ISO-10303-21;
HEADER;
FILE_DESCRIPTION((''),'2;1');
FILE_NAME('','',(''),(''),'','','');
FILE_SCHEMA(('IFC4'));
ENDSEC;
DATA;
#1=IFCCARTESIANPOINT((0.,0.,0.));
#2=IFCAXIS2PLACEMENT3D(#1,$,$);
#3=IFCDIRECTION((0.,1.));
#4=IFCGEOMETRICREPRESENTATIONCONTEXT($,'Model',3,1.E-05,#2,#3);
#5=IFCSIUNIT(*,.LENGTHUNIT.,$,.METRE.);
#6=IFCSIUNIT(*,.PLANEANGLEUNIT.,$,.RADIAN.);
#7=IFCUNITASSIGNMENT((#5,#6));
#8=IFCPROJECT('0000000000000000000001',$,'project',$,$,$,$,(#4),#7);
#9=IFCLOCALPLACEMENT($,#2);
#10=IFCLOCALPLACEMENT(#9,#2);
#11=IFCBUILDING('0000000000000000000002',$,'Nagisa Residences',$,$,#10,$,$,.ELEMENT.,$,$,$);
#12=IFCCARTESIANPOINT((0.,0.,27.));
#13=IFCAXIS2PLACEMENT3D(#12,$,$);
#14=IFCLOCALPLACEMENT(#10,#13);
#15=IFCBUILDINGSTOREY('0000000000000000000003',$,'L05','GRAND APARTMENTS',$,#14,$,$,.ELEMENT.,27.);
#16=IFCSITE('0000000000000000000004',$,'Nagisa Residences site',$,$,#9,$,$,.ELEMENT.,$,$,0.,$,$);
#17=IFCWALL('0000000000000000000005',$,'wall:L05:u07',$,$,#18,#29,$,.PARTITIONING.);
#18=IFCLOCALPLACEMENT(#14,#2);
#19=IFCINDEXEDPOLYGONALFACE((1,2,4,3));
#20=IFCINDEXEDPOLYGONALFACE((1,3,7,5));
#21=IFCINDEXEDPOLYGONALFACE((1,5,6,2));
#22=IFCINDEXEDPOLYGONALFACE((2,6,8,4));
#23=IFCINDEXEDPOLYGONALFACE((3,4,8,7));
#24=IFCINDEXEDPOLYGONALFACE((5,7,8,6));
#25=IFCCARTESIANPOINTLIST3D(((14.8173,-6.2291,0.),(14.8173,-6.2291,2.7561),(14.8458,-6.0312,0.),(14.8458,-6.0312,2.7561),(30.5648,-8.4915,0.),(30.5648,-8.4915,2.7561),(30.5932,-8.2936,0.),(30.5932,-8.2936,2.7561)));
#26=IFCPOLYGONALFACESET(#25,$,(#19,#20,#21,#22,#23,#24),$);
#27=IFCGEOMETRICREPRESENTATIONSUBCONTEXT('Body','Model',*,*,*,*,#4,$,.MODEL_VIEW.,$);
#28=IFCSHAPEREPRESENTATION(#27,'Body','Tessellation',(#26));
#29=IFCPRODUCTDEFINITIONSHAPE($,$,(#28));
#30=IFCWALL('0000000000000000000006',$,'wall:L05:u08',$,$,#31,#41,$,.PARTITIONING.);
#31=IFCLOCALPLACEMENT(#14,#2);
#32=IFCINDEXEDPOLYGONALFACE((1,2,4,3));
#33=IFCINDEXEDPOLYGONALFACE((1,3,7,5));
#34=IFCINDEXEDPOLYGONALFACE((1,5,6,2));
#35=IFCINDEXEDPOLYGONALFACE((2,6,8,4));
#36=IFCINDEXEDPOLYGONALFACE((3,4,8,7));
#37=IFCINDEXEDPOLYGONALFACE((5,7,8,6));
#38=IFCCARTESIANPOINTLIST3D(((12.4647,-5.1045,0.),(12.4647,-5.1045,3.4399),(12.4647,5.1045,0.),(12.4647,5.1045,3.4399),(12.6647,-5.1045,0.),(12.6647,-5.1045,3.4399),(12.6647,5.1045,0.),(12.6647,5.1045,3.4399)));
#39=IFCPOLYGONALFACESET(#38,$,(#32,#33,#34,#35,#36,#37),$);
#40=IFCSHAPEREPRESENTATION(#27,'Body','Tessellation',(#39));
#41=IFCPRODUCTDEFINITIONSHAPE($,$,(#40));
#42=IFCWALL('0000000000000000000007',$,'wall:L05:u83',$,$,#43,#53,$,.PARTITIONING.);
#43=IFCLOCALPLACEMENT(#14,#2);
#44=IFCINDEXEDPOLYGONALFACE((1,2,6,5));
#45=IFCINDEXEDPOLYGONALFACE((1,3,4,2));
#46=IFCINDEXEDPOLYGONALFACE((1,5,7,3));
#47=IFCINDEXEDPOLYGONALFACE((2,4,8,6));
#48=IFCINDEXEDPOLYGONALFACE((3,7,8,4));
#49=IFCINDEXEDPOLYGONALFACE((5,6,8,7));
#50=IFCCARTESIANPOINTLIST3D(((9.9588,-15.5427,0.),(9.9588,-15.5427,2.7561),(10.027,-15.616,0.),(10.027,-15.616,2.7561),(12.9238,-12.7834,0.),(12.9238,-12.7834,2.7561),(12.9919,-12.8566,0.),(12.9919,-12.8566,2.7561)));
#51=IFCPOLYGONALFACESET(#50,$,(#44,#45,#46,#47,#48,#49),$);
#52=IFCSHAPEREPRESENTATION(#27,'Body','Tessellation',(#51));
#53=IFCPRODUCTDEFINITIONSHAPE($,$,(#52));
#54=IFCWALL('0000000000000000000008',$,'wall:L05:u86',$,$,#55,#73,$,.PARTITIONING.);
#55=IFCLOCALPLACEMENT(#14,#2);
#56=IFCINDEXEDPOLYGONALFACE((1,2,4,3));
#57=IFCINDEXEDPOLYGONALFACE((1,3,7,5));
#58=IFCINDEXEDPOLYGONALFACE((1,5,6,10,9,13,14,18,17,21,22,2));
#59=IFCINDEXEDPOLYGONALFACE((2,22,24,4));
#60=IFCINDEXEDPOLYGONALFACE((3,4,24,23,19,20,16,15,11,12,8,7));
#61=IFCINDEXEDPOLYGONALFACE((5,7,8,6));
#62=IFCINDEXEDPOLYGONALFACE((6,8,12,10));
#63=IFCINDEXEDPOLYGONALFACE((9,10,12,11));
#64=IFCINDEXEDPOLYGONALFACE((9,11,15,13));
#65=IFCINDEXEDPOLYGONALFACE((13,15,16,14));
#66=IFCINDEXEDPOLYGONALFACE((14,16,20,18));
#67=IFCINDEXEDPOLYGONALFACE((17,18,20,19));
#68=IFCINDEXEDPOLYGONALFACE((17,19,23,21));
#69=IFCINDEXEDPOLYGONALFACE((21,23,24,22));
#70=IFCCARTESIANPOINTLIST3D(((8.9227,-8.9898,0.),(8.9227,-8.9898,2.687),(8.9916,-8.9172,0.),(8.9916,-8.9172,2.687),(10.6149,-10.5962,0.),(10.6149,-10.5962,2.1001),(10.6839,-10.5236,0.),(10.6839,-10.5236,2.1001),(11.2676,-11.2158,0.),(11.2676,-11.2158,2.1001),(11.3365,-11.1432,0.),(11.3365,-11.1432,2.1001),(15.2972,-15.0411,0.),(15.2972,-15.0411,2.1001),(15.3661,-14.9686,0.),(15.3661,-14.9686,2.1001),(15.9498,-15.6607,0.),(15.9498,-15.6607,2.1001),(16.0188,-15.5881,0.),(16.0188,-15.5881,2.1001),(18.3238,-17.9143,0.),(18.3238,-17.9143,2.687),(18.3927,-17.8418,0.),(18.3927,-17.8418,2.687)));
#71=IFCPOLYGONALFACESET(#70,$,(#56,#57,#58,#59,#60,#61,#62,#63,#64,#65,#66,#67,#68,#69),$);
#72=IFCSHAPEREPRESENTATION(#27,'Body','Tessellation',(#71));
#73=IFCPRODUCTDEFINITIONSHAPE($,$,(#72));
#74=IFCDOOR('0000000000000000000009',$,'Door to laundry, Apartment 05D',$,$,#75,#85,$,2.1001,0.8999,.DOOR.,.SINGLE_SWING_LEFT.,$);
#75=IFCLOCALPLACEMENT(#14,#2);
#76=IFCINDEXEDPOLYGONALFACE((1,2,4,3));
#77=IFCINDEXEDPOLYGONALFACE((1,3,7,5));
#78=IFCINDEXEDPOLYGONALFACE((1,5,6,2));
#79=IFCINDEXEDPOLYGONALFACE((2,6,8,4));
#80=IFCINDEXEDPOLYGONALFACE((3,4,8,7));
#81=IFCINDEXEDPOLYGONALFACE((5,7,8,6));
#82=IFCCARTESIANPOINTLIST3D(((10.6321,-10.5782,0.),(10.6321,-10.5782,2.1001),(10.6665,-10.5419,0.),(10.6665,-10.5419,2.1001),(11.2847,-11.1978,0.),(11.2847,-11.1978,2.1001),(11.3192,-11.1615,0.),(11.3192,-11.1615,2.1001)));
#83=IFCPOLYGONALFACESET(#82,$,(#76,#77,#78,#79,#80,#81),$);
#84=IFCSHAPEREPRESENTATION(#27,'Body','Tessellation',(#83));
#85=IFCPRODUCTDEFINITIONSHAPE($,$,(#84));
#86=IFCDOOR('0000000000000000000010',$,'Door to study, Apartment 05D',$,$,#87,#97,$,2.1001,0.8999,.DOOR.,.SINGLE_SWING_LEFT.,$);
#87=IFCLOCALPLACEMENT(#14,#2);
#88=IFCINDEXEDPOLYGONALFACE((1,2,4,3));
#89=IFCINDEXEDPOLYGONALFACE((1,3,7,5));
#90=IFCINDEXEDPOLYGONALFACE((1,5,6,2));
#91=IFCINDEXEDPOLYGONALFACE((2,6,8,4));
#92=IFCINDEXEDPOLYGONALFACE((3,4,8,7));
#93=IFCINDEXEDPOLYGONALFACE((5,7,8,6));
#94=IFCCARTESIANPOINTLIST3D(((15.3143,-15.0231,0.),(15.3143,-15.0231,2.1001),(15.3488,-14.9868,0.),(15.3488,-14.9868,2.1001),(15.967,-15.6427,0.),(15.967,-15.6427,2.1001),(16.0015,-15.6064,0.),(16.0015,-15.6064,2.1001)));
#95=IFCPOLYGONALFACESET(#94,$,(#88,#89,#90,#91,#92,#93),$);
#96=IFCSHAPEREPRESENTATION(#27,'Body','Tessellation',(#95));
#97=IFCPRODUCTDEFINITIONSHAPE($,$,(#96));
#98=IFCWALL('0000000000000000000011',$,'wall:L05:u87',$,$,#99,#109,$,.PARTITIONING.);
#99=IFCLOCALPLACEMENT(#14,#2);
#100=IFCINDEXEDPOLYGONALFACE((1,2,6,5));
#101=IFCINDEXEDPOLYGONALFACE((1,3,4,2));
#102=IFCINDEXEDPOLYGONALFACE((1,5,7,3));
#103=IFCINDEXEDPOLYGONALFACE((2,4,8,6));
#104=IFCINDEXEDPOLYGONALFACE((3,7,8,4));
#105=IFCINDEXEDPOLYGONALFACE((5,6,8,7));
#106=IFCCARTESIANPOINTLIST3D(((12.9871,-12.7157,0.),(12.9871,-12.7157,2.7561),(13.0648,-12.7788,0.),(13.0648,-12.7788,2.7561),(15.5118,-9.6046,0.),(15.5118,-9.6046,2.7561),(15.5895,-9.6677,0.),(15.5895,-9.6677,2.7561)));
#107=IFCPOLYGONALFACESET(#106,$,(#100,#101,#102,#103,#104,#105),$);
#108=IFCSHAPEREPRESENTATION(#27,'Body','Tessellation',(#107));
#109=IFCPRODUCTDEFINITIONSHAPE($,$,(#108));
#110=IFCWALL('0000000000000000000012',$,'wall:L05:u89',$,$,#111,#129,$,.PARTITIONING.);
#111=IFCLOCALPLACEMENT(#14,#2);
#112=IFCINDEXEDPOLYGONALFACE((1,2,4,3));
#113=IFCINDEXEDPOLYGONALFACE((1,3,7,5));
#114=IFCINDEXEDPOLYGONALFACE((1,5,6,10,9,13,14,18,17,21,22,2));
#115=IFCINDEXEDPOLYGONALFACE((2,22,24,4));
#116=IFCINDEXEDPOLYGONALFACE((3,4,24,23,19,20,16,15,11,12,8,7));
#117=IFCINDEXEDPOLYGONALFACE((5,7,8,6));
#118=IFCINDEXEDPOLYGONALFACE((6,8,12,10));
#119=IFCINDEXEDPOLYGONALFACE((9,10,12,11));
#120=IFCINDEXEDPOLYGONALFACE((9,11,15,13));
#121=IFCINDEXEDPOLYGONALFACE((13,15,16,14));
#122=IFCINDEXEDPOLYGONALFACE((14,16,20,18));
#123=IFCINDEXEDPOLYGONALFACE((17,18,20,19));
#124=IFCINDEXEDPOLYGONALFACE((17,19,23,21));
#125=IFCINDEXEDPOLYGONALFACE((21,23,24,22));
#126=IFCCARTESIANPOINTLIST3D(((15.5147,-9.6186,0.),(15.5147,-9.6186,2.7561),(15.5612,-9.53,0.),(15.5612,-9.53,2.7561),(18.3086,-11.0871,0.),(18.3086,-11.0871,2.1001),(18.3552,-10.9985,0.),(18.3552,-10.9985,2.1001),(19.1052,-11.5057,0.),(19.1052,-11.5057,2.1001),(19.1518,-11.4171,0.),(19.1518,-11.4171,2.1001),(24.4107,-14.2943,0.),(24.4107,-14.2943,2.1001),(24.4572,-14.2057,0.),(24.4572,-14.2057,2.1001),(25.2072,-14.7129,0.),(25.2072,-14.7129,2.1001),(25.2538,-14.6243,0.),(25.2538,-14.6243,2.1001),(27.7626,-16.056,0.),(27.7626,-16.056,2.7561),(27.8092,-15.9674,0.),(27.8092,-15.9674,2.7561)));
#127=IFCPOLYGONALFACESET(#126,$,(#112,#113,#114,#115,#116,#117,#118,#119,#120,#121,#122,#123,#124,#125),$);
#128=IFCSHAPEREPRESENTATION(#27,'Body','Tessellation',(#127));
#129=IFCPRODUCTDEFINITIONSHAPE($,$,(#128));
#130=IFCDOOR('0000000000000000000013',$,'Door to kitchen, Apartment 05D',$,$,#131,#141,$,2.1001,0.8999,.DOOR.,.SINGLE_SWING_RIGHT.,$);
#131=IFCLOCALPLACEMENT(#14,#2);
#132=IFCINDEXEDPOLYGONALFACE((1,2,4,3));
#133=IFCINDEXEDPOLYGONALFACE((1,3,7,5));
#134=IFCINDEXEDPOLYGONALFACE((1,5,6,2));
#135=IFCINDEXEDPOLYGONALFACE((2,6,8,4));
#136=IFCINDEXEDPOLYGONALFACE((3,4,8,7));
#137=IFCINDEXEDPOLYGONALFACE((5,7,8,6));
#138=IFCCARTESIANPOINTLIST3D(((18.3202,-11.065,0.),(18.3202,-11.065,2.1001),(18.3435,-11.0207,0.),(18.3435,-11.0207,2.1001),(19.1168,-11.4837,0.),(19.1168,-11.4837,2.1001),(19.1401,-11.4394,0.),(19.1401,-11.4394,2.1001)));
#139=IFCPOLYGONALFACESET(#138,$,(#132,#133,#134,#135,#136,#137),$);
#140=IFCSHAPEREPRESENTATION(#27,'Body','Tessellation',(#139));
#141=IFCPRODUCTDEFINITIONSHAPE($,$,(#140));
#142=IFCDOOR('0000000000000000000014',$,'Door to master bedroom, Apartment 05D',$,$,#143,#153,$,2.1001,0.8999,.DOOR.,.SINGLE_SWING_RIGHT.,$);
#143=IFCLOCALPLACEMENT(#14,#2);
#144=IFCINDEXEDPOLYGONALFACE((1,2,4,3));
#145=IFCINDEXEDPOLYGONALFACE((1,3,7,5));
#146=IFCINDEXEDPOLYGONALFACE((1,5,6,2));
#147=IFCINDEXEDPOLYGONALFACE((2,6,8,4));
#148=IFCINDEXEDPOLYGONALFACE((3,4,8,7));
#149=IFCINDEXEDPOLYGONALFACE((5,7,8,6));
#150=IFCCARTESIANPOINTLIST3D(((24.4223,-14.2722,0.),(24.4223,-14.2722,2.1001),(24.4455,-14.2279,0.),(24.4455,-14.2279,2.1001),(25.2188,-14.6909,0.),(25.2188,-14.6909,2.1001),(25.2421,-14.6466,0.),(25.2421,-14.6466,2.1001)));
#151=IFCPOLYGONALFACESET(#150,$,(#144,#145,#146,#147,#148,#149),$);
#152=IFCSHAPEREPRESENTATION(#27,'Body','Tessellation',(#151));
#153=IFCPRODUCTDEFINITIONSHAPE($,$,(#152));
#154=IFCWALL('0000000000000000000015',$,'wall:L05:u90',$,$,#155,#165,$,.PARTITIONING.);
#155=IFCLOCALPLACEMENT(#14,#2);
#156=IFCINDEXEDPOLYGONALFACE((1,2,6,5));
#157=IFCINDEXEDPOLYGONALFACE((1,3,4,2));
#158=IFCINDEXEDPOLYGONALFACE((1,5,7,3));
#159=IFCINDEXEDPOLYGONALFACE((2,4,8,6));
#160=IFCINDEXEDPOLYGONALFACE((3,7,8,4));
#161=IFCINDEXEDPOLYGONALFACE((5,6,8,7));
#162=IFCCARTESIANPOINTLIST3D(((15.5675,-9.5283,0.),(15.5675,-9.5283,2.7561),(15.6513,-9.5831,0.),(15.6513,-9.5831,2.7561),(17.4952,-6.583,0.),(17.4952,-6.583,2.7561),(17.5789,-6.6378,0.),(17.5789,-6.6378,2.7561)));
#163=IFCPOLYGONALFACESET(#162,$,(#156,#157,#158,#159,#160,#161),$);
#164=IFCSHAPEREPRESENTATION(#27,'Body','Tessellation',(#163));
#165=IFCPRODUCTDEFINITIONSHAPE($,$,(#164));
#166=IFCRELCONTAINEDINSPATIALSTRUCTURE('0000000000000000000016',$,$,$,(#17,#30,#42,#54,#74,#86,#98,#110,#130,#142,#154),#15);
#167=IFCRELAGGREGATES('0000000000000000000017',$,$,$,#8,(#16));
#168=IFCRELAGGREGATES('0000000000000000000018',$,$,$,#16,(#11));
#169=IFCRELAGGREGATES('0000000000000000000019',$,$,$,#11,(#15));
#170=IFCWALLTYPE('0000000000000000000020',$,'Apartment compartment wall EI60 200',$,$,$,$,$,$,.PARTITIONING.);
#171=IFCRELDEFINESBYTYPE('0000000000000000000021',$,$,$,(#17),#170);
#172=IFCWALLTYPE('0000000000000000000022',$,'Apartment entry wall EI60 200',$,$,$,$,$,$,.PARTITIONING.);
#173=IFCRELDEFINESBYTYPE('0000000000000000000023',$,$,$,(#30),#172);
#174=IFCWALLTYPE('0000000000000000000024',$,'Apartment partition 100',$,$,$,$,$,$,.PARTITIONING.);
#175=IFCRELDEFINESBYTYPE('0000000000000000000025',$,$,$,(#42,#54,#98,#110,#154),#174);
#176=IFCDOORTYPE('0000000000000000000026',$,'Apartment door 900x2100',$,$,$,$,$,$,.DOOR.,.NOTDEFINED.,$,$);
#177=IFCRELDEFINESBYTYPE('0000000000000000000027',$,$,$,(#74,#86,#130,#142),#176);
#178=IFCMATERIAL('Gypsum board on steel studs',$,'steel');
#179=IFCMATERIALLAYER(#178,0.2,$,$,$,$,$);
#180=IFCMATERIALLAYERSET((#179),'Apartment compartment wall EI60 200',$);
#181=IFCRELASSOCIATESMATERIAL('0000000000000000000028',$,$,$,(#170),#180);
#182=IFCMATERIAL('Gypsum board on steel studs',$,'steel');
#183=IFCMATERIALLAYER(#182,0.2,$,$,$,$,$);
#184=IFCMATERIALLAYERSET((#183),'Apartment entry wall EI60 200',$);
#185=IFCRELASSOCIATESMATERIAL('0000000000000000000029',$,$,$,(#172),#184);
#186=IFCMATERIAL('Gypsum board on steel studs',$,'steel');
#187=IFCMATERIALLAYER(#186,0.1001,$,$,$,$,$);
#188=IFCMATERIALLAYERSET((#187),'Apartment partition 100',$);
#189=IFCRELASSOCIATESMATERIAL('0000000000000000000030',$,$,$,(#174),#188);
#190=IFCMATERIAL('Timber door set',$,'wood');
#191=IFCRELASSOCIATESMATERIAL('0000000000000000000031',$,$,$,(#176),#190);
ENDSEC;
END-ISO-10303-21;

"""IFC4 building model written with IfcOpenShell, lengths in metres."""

from ifc_helpers import new_model, si_unit, direction, frame, frame_2d, origin, place, context, subcontext, project, spatial, rectangle, extrude, material, layer, layer_set, type_object, element, fill, save


model = new_model("IFC4")

# Units and contexts
model_context = context("Model", 3, precision=1e-05, world=origin(), true_north=direction((0.0, 1.0)))
body_context = subcontext(model_context, "Body", "Model", "MODEL_VIEW")
ifc_project = project(units=[si_unit("LENGTHUNIT", "METRE"), si_unit("PLANEANGLEUNIT", "RADIAN")], contexts=[model_context])

# Site, building, storey
site_placement = place(None, origin())
site = spatial("IfcSite", under=ifc_project, at=site_placement, Name="Nagisa Residences site", CompositionType="ELEMENT", RefElevation=0.0)
building_placement = place(site_placement, origin())
building = spatial("IfcBuilding", under=site, at=building_placement, Name="Nagisa Residences", CompositionType="ELEMENT")
storey_placement = place(building_placement, frame((0.0, 0.0, 27.0)))
storey = spatial("IfcBuildingStorey", under=building, at=storey_placement, Name="L05", Description="GRAND APARTMENTS", CompositionType="ELEMENT", Elevation=27.0)

# Walls
ifc_material_1 = material(Name="Gypsum board on steel studs", Category="steel")
ifc_layer_1 = layer(ifc_material_1, 0.2)
ifc_layer_set_1 = layer_set([ifc_layer_1], Name="Apartment compartment wall EI60 200")
wall_type_1 = type_object("IfcWallType", Name="Apartment compartment wall EI60 200", PredefinedType="PARTITIONING", material=ifc_layer_set_1)
wall_1_placement = place(storey_placement, frame((14.8315, -6.1301, 0.0), z_axis=(0.0, 0.0, 1.0), x_axis=(0.989837, -0.14221, 0.0)))
element("IfcWall", 1, at=wall_1_placement, inside=storey, type_object=wall_type_1, Name="wall:L05:u07", PredefinedType="PARTITIONING", context=body_context, shape_type="SweptSolid", body=[
    extrude(rectangle(XDim=15.9092, YDim=0.2, at=frame_2d((7.9546, 0.0))), origin(), (0.0, 0.0, 1.0), 2.7561),
])
ifc_material_2 = material(Name="Gypsum board on steel studs", Category="steel")
ifc_layer_2 = layer(ifc_material_2, 0.2)
ifc_layer_set_2 = layer_set([ifc_layer_2], Name="Apartment entry wall EI60 200")
wall_type_2 = type_object("IfcWallType", Name="Apartment entry wall EI60 200", PredefinedType="PARTITIONING", material=ifc_layer_set_2)
wall_2_placement = place(storey_placement, frame((12.5647, -5.1045, 0.0), z_axis=(0.0, 0.0, 1.0), x_axis=(0.0, 1.0, 0.0)))
element("IfcWall", 2, at=wall_2_placement, inside=storey, type_object=wall_type_2, Name="wall:L05:u08", PredefinedType="PARTITIONING", context=body_context, shape_type="SweptSolid", body=[
    extrude(rectangle(XDim=10.209, YDim=0.2, at=frame_2d((5.1045, 0.0))), origin(), (0.0, 0.0, 1.0), 3.4399),
])
ifc_material_3 = material(Name="Gypsum board on steel studs", Category="steel")
ifc_layer_3 = layer(ifc_material_3, 0.1001)
ifc_layer_set_3 = layer_set([ifc_layer_3], Name="Apartment partition 100")
wall_type_3 = type_object("IfcWallType", Name="Apartment partition 100", PredefinedType="PARTITIONING", material=ifc_layer_set_3)
wall_3_placement = place(storey_placement, frame((9.9929, -15.5793, 0.0), z_axis=(0.0, 0.0, 1.0), x_axis=(0.732029, 0.681274, 0.0)))
element("IfcWall", 3, at=wall_3_placement, inside=storey, type_object=wall_type_3, Name="wall:L05:u83", PredefinedType="PARTITIONING", context=body_context, shape_type="SweptSolid", body=[
    extrude(rectangle(XDim=4.0503, YDim=0.1001, at=frame_2d((2.0251, 0.0))), origin(), (0.0, 0.0, 1.0), 2.7561),
])

# Wall, openings, doors
wall_4_placement = place(storey_placement, frame((8.957, -8.9534, 0.0), z_axis=(0.0, 0.0, 1.0), x_axis=(0.72525, -0.688486, 0.0)))
wall_4 = element("IfcWall", 4, at=wall_4_placement, inside=storey, type_object=wall_type_3, Name="wall:L05:u86", PredefinedType="PARTITIONING", context=body_context, shape_type="SweptSolid", body=[
    extrude(rectangle(XDim=12.9626, YDim=0.1001, at=frame_2d((6.4814, 0.0))), origin(), (0.0, 0.0, 1.0), 2.687),
])
opening_1_placement = place(wall_4_placement, frame((2.3335, 0.0, 0.0)))
opening_1 = element("IfcOpeningElement", 5, at=opening_1_placement, cuts=wall_4, PredefinedType="OPENING", context=body_context, shape_type="SweptSolid", body=[
    extrude(rectangle(XDim=0.8999, YDim=2.1001, at=frame_2d((0.45, 1.05))), frame((0.0, 0.0601, 0.0), z_axis=(0.0, -1.0, 0.0), x_axis=(1.0, 0.0, 0.0)), (0.0, 0.0, 1.0), 0.1201),
])
opening_2_placement = place(wall_4_placement, frame((8.7896, 0.0, 0.0)))
opening_2 = element("IfcOpeningElement", 6, at=opening_2_placement, cuts=wall_4, PredefinedType="OPENING", context=body_context, shape_type="SweptSolid", body=[
    extrude(rectangle(XDim=0.8999, YDim=2.1001, at=frame_2d((0.45, 1.05))), frame((0.0, 0.0601, 0.0), z_axis=(0.0, -1.0, 0.0), x_axis=(1.0, 0.0, 0.0)), (0.0, 0.0, 1.0), 0.1201),
])
ifc_material_4 = material(Name="Timber door set", Category="wood")
door_type = type_object("IfcDoorType", Name="Apartment door 900x2100", OperationType="NOTDEFINED", PredefinedType="DOOR", material=ifc_material_4)
door_1_placement = place(opening_1_placement, origin())
door_1 = element("IfcDoor", 7, at=door_1_placement, inside=storey, type_object=door_type, Name="Door to laundry, Apartment 05D", OperationType="SINGLE_SWING_LEFT", OverallHeight=2.1001, OverallWidth=0.8999, PredefinedType="DOOR", context=body_context, shape_type="SweptSolid", body=[
    extrude(rectangle(XDim=0.8999, YDim=2.1001, at=frame_2d((0.45, 1.05))), frame((0.0, 0.0249, 0.0), z_axis=(0.0, -1.0, 0.0), x_axis=(1.0, 0.0, 0.0)), (0.0, 0.0, 1.0), 0.05),
])
fill(opening_1, door_1)
door_2_placement = place(opening_2_placement, origin())
door_2 = element("IfcDoor", 8, at=door_2_placement, inside=storey, type_object=door_type, Name="Door to study, Apartment 05D", OperationType="SINGLE_SWING_LEFT", OverallHeight=2.1001, OverallWidth=0.8999, PredefinedType="DOOR", context=body_context, shape_type="SweptSolid", body=[
    extrude(rectangle(XDim=0.8999, YDim=2.1001, at=frame_2d((0.45, 1.05))), frame((0.0, 0.0249, 0.0), z_axis=(0.0, -1.0, 0.0), x_axis=(1.0, 0.0, 0.0)), (0.0, 0.0, 1.0), 0.05),
])
fill(opening_2, door_2)

# Wall
wall_5_placement = place(storey_placement, frame((13.0259, -12.7473, 0.0), z_axis=(0.0, 0.0, 1.0), x_axis=(0.630127, 0.776492, 0.0)))
element("IfcWall", 9, at=wall_5_placement, inside=storey, type_object=wall_type_3, Name="wall:L05:u87", PredefinedType="PARTITIONING", context=body_context, shape_type="SweptSolid", body=[
    extrude(rectangle(XDim=4.0066, YDim=0.1001, at=frame_2d((2.0034, 0.0))), origin(), (0.0, 0.0, 1.0), 2.7561),
])

# Wall, openings, doors
wall_6_placement = place(storey_placement, frame((15.5378, -9.5742, 0.0), z_axis=(0.0, 0.0, 1.0), x_axis=(0.885181, -0.465246, 0.0)))
wall_6 = element("IfcWall", 10, at=wall_6_placement, inside=storey, type_object=wall_type_3, Name="wall:L05:u89", PredefinedType="PARTITIONING", context=body_context, shape_type="SweptSolid", body=[
    extrude(rectangle(XDim=13.8367, YDim=0.1001, at=frame_2d((6.9185, 0.0))), origin(), (0.0, 0.0, 1.0), 2.7561),
])
opening_3_placement = place(wall_6_placement, frame((3.1565, 0.0, 0.0)))
opening_3 = element("IfcOpeningElement", 11, at=opening_3_placement, cuts=wall_6, PredefinedType="OPENING", context=body_context, shape_type="SweptSolid", body=[
    extrude(rectangle(XDim=0.8999, YDim=2.1001, at=frame_2d((0.45, 1.05))), frame((0.0, 0.0601, 0.0), z_axis=(0.0, -1.0, 0.0), x_axis=(1.0, 0.0, 0.0)), (0.0, 0.0, 1.0), 0.1201),
])
opening_4_placement = place(wall_6_placement, frame((10.05, 0.0, 0.0)))
opening_4 = element("IfcOpeningElement", 12, at=opening_4_placement, cuts=wall_6, PredefinedType="OPENING", context=body_context, shape_type="SweptSolid", body=[
    extrude(rectangle(XDim=0.8999, YDim=2.1001, at=frame_2d((0.45, 1.05))), frame((0.0, 0.0601, 0.0), z_axis=(0.0, -1.0, 0.0), x_axis=(1.0, 0.0, 0.0)), (0.0, 0.0, 1.0), 0.1201),
])
door_3_placement = place(opening_3_placement, origin())
door_3 = element("IfcDoor", 13, at=door_3_placement, inside=storey, type_object=door_type, Name="Door to kitchen, Apartment 05D", OperationType="SINGLE_SWING_RIGHT", OverallHeight=2.1001, OverallWidth=0.8999, PredefinedType="DOOR", context=body_context, shape_type="SweptSolid", body=[
    extrude(rectangle(XDim=0.8999, YDim=2.1001, at=frame_2d((0.45, 1.05))), frame((0.0, 0.0249, 0.0), z_axis=(0.0, -1.0, 0.0), x_axis=(1.0, 0.0, 0.0)), (0.0, 0.0, 1.0), 0.05),
])
fill(opening_3, door_3)
door_4_placement = place(opening_4_placement, origin())
door_4 = element("IfcDoor", 14, at=door_4_placement, inside=storey, type_object=door_type, Name="Door to master bedroom, Apartment 05D", OperationType="SINGLE_SWING_RIGHT", OverallHeight=2.1001, OverallWidth=0.8999, PredefinedType="DOOR", context=body_context, shape_type="SweptSolid", body=[
    extrude(rectangle(XDim=0.8999, YDim=2.1001, at=frame_2d((0.45, 1.05))), frame((0.0, 0.0249, 0.0), z_axis=(0.0, -1.0, 0.0), x_axis=(1.0, 0.0, 0.0)), (0.0, 0.0, 1.0), 0.05),
])
fill(opening_4, door_4)

# Wall
wall_7_placement = place(storey_placement, frame((15.6094, -9.5557, 0.0), z_axis=(0.0, 0.0, 1.0), x_axis=(0.547638, 0.836715, 0.0)))
element("IfcWall", 15, at=wall_7_placement, inside=storey, type_object=wall_type_3, Name="wall:L05:u90", PredefinedType="PARTITIONING", context=body_context, shape_type="SweptSolid", body=[
    extrude(rectangle(XDim=3.52, YDim=0.1001, at=frame_2d((1.76, 0.0))), origin(), (0.0, 0.0, 1.0), 2.7561),
])

save(model, "model.ifc")
